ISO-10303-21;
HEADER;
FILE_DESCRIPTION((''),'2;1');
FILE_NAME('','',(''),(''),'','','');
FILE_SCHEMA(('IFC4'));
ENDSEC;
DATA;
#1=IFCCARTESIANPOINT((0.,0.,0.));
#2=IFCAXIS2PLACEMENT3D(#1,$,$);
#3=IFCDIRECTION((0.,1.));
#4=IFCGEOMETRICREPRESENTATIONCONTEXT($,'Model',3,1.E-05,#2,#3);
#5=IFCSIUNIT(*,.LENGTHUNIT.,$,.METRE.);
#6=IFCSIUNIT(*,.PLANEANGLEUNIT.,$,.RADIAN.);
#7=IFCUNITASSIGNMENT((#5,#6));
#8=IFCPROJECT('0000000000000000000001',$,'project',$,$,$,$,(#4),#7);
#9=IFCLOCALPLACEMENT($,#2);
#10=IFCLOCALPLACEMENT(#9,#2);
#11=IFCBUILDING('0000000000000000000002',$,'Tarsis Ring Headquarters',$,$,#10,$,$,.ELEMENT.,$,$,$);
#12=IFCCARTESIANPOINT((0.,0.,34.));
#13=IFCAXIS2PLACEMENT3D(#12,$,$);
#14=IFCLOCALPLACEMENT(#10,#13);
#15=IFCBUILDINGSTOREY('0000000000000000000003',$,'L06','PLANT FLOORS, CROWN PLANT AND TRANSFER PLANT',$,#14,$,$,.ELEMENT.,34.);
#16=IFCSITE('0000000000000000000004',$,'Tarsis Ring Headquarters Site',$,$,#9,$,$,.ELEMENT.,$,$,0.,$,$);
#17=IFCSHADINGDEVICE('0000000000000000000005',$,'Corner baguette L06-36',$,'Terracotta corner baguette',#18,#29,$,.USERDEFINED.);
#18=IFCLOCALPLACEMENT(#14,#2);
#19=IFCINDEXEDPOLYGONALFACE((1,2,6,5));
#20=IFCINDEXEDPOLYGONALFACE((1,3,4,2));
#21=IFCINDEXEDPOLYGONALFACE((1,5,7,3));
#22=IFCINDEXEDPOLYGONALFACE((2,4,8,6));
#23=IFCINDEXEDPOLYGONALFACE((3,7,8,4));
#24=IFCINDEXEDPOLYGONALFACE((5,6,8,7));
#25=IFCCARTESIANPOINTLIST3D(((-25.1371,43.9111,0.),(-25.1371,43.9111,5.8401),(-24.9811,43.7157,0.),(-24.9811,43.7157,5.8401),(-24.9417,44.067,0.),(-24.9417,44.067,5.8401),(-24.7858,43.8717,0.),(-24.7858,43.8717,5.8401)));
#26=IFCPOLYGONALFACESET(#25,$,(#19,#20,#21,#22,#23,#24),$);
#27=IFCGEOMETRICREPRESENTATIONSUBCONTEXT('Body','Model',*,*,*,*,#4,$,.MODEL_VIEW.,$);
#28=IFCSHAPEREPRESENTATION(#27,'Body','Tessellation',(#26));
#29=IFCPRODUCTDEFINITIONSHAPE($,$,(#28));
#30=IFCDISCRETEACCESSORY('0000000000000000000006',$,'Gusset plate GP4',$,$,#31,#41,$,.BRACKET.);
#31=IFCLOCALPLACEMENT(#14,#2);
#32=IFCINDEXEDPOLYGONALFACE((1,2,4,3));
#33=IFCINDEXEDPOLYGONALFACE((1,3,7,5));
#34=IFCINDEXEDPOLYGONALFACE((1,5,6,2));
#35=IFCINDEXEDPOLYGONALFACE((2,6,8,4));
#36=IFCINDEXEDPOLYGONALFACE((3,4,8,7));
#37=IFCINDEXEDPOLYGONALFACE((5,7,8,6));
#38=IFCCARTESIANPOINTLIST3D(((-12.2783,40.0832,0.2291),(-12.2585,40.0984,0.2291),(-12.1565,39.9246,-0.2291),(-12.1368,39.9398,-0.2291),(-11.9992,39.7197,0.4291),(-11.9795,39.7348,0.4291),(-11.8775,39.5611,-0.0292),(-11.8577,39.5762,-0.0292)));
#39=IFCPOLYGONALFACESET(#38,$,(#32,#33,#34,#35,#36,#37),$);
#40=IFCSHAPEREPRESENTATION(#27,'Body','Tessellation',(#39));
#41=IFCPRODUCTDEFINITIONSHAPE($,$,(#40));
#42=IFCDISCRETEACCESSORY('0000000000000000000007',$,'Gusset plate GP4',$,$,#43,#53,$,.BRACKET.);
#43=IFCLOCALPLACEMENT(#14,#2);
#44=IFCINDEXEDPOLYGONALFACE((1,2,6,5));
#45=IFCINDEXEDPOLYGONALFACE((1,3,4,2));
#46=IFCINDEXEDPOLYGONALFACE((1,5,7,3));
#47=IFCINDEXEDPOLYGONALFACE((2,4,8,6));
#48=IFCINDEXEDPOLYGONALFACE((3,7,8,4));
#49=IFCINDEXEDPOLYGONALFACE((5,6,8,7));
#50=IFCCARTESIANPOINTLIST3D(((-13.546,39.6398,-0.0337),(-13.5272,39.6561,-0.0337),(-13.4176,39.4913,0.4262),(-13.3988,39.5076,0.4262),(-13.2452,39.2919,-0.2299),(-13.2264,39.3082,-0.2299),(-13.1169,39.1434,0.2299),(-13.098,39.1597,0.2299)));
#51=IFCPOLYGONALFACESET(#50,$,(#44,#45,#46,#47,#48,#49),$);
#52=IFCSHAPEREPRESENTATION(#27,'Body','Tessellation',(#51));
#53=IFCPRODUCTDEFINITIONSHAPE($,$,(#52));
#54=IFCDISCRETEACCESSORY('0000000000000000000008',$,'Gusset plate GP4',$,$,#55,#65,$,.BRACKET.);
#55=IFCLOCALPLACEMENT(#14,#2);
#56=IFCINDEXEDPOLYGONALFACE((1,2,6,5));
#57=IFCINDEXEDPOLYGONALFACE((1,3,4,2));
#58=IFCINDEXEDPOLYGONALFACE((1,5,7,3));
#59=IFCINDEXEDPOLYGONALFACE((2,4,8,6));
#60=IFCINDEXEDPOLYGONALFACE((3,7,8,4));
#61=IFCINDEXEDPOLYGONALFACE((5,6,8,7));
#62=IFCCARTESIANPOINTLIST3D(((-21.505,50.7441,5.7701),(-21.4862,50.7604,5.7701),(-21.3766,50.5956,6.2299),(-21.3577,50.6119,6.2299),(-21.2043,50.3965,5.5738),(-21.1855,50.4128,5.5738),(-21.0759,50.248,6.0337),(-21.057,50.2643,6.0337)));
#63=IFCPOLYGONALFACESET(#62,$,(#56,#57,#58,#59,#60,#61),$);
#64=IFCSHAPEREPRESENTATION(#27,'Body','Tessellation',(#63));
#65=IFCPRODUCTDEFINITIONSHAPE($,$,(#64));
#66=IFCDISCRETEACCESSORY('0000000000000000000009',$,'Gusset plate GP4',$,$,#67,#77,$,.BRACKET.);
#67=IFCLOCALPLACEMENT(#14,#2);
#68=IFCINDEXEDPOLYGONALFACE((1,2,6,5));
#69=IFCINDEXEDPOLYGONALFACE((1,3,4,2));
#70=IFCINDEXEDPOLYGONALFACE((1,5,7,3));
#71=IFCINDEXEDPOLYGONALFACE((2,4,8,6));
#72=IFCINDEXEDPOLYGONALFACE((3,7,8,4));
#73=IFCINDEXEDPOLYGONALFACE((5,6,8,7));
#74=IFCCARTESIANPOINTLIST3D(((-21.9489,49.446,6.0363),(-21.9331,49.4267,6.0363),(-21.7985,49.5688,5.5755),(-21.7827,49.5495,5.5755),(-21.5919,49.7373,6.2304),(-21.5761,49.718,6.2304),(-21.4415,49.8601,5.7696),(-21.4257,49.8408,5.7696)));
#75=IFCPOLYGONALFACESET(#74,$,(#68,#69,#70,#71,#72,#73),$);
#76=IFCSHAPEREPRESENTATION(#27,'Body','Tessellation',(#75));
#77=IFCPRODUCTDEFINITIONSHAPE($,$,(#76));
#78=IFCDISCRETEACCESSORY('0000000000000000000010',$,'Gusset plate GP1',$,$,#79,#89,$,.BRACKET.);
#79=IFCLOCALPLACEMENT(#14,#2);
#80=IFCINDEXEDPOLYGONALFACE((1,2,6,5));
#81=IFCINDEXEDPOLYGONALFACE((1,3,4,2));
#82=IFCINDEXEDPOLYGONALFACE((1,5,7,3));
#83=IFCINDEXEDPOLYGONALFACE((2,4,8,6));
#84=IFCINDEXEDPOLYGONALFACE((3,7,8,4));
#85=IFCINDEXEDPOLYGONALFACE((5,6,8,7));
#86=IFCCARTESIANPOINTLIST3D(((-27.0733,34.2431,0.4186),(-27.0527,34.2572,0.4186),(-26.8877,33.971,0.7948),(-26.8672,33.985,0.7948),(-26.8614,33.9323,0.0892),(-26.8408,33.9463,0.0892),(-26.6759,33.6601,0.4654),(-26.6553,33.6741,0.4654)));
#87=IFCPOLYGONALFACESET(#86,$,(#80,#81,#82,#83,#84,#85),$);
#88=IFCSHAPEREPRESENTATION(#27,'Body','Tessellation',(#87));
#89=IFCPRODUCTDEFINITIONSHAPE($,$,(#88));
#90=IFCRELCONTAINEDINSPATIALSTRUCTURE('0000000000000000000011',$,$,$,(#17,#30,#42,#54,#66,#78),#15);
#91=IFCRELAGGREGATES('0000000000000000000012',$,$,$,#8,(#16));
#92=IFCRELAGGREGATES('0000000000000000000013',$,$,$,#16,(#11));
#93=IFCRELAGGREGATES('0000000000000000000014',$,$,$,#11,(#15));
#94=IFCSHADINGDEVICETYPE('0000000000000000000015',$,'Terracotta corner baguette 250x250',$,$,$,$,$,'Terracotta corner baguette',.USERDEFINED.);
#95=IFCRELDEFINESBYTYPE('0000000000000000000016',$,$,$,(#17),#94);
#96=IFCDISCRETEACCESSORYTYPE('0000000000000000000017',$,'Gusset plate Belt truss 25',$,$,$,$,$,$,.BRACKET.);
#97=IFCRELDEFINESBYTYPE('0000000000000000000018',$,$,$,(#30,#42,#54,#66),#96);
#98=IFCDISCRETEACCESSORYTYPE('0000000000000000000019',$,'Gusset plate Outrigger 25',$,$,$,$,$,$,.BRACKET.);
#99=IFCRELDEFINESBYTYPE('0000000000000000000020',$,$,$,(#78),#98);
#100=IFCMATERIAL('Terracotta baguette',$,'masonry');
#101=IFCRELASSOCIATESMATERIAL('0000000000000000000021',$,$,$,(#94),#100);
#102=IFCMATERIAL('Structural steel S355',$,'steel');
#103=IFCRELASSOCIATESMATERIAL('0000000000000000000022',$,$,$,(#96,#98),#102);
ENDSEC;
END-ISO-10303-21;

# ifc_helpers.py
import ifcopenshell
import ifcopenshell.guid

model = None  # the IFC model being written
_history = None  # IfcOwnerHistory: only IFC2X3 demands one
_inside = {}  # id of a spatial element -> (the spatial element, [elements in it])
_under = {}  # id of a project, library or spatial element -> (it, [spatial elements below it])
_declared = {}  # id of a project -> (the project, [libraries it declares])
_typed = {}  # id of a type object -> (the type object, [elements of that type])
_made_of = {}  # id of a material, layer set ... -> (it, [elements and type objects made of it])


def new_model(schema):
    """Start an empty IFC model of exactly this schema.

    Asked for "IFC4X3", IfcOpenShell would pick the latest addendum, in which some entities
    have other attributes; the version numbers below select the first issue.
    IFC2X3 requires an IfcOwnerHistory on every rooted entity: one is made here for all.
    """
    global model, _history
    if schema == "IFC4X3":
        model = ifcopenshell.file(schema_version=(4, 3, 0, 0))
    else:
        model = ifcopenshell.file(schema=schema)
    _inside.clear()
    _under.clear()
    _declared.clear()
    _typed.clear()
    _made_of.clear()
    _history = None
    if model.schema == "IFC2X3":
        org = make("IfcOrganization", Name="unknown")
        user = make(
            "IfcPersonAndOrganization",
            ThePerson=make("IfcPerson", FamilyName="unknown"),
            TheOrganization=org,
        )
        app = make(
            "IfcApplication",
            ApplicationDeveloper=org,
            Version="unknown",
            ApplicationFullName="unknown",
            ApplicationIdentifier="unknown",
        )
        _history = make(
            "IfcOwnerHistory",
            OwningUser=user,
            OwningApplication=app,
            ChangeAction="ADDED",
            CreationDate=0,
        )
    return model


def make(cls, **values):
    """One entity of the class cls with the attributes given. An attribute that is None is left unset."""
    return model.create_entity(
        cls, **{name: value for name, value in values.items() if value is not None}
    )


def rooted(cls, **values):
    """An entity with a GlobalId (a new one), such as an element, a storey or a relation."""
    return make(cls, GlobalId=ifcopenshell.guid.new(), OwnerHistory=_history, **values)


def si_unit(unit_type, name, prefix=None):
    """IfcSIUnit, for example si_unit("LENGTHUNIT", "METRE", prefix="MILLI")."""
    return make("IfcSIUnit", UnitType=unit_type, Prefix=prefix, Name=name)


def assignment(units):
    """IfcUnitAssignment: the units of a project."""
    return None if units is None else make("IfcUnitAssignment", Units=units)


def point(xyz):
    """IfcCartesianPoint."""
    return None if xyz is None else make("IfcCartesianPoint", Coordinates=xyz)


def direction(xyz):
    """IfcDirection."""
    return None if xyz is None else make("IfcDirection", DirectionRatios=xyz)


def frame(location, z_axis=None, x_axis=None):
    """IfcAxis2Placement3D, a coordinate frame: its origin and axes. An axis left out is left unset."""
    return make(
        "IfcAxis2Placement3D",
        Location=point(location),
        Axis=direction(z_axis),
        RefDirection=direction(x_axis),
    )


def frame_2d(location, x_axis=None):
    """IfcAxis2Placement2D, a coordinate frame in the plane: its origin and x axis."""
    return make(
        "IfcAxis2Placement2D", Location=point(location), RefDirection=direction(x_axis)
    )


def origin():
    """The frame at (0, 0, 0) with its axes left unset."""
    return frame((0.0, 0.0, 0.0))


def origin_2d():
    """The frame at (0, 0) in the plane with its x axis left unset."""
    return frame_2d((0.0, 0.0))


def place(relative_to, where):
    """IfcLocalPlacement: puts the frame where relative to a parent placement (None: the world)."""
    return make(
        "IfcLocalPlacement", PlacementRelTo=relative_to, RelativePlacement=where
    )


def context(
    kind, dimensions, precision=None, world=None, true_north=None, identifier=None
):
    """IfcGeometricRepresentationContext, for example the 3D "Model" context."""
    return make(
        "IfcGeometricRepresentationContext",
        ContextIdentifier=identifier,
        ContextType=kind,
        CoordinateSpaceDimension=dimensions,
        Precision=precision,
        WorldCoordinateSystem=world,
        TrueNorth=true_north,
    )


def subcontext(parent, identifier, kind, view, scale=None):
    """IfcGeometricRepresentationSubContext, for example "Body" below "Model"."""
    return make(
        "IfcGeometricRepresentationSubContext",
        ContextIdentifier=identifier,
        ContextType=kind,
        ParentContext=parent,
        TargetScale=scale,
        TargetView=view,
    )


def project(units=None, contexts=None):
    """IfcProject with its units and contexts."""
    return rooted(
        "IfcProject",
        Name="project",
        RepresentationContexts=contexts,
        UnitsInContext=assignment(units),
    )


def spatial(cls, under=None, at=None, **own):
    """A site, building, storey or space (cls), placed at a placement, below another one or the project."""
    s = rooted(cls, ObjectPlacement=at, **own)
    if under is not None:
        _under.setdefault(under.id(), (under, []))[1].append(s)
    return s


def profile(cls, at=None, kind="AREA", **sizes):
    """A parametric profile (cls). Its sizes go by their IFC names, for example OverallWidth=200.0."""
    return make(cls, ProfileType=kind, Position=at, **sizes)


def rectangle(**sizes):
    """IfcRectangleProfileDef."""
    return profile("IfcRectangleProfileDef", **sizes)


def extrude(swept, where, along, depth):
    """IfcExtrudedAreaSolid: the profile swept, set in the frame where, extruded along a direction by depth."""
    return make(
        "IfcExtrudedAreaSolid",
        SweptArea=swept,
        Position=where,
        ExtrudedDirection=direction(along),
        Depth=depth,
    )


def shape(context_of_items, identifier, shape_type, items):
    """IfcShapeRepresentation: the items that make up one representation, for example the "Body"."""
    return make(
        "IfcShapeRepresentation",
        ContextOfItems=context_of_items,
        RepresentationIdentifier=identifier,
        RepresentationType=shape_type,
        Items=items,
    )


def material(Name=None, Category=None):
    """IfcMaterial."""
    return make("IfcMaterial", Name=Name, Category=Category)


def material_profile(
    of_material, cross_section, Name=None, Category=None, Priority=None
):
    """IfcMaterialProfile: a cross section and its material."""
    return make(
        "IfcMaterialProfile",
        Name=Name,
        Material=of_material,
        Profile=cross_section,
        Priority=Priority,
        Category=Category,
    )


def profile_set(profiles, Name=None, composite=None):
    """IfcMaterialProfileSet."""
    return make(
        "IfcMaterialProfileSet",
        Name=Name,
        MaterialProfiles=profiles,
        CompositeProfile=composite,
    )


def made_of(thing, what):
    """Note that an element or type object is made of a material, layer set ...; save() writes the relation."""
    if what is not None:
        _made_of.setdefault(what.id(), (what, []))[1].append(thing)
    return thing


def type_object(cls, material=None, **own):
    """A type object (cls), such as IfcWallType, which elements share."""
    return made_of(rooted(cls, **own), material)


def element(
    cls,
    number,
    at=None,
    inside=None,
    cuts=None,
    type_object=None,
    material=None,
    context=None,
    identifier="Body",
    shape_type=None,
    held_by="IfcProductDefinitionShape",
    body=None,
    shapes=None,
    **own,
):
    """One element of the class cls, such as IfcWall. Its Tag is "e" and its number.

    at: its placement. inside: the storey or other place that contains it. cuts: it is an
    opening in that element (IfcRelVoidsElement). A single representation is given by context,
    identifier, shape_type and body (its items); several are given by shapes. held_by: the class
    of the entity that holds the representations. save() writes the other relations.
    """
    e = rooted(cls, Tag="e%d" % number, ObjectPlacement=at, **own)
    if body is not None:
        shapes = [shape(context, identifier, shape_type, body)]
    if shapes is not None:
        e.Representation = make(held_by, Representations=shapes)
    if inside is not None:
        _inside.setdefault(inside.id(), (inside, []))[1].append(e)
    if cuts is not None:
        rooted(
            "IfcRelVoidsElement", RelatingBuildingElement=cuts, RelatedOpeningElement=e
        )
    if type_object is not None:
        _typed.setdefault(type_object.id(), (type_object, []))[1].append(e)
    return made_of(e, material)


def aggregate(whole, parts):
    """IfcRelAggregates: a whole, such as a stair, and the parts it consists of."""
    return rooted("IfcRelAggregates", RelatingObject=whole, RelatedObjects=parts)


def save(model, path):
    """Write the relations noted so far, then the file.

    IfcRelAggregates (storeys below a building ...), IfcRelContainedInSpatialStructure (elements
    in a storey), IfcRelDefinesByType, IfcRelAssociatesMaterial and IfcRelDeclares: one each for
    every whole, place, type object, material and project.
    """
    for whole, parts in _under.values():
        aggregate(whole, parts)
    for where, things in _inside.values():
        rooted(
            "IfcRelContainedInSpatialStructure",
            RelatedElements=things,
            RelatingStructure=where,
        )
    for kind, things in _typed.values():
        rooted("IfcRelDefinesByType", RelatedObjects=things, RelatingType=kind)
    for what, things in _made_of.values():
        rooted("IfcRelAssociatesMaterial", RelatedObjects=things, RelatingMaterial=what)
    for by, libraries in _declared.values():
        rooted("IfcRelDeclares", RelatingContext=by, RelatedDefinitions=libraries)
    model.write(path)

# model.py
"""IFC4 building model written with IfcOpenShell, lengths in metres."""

from ifc_helpers import new_model, si_unit, direction, frame, origin, origin_2d, place, context, subcontext, project, spatial, rectangle, extrude, material, material_profile, profile_set, type_object, element, save


model = new_model("IFC4")

# Units and contexts
model_context = context("Model", 3, precision=1e-05, world=origin(), true_north=direction((0.0, 1.0)))
body_context = subcontext(model_context, "Body", "Model", "MODEL_VIEW")
ifc_project = project(units=[si_unit("LENGTHUNIT", "METRE"), si_unit("PLANEANGLEUNIT", "RADIAN")], contexts=[model_context])

# Site, building, storey
site_placement = place(None, origin())
site = spatial("IfcSite", under=ifc_project, at=site_placement, Name="Tarsis Ring Headquarters Site", CompositionType="ELEMENT", RefElevation=0.0)
building_placement = place(site_placement, origin())
building = spatial("IfcBuilding", under=site, at=building_placement, Name="Tarsis Ring Headquarters", CompositionType="ELEMENT")
storey_placement = place(building_placement, frame((0.0, 0.0, 34.0)))
storey = spatial("IfcBuildingStorey", under=building, at=storey_placement, Name="L06", Description="PLANT FLOORS, CROWN PLANT AND TRANSFER PLANT", CompositionType="ELEMENT", Elevation=34.0)

# Shared definitions
ifc_material_1 = material(Name="Structural steel S355", Category="steel")

# Shading device
ifc_material_2 = material(Name="Terracotta baguette", Category="masonry")
shading_device_type_1 = type_object("IfcShadingDeviceType", Name="Terracotta corner baguette 250x250", ElementType="Terracotta corner baguette", PredefinedType="USERDEFINED", material=ifc_material_2)
for number, where, z_axis, x_axis, name in (
    (1, (-24.9614, 43.8914, 0.0), (0.0, 0.0, 1.0), (-0.62388, 0.781521, 0.0), "Corner baguette L06-36"),
):
    element("IfcShadingDevice", number, at=place(storey_placement, frame(where, z_axis=z_axis, x_axis=x_axis)), inside=storey, type_object=shading_device_type_1, Name=name, ObjectType="Terracotta corner baguette", PredefinedType="USERDEFINED", context=body_context, shape_type="SweptSolid", body=[
        extrude(rectangle(XDim=0.25, YDim=0.25, at=origin_2d()), origin(), (0.0, 0.0, 1.0), 5.8401),
    ])

# Discrete accessories
ifc_material_profile_1 = material_profile(ifc_material_1, rectangle(XDim=0.0249, YDim=0.5, at=origin_2d()), Name="PL 25x500")
ifc_profile_set_1 = profile_set([ifc_material_profile_1], Name="Structural steel S355")
discrete_accessory_type_1 = type_object("IfcDiscreteAccessoryType", Name="Gusset plate Belt truss 25", PredefinedType="BRACKET", material=ifc_profile_set_1)
for number, where, z_axis, x_axis, name in (
    (2, (-12.2075, 40.0115, 0.0), (0.558104, -0.727048, 0.399901), (0.793238, 0.608912, 0.0), "Gusset plate GP4"),
    (3, (-13.1716, 39.2258, 0.0), (-0.601522, 0.695754, 0.392552), (-0.756477, -0.654021, 0.0), "Gusset plate GP4"),
):
    element("IfcDiscreteAccessory", number, at=place(storey_placement, frame(where, z_axis=z_axis, x_axis=x_axis)), inside=storey, type_object=discrete_accessory_type_1, Name=name, PredefinedType="BRACKET", context=body_context, shape_type="SweptSolid", body=[
        extrude(rectangle(XDim=0.0249, YDim=0.5, at=origin_2d()), origin(), (0.0, 0.0, 1.0), 0.5),
    ])
discrete_accessory_1_placement = place(storey_placement, frame((-21.4314, 50.678, 6.0), z_axis=(0.601727, -0.695502, -0.392685), x_axis=(0.75625, 0.654283, 0.0)))
element("IfcDiscreteAccessory", 4, at=discrete_accessory_1_placement, inside=storey, type_object=discrete_accessory_type_1, Name="Gusset plate GP4", PredefinedType="BRACKET", context=body_context, shape_type="SweptSolid", body=[
    extrude(rectangle(XDim=0.0249, YDim=0.5, at=origin_2d()), origin(), (0.0, 0.0, 1.0), 0.4998),
])
discrete_accessory_2_placement = place(storey_placement, frame((-21.5088, 49.7891, 6.0), z_axis=(-0.714002, -0.58263, -0.388257), x_axis=(0.632227, -0.774783, 0.0)))
element("IfcDiscreteAccessory", 5, at=discrete_accessory_2_placement, inside=storey, type_object=discrete_accessory_type_1, Name="Gusset plate GP4", PredefinedType="BRACKET", context=body_context, shape_type="SweptSolid", body=[
    extrude(rectangle(XDim=0.0249, YDim=0.5, at=origin_2d()), origin(), (0.0, 0.0, 1.0), 0.5),
])
discrete_accessory_type_2 = type_object("IfcDiscreteAccessoryType", Name="Gusset plate Outrigger 25", PredefinedType="BRACKET", material=ifc_profile_set_1)
discrete_accessory_3_placement = place(storey_placement, frame((-26.957, 34.0947, 0.2539), z_axis=(0.371041, -0.544356, 0.752334), x_axis=(0.826306, 0.563222, 0.0)))
element("IfcDiscreteAccessory", 6, at=discrete_accessory_3_placement, inside=storey, type_object=discrete_accessory_type_2, Name="Gusset plate GP1", PredefinedType="BRACKET", context=body_context, shape_type="SweptSolid", body=[
    extrude(rectangle(XDim=0.0249, YDim=0.5, at=origin_2d()), origin(), (0.0, 0.0, 1.0), 0.5),
])

save(model, "model.ifc")
